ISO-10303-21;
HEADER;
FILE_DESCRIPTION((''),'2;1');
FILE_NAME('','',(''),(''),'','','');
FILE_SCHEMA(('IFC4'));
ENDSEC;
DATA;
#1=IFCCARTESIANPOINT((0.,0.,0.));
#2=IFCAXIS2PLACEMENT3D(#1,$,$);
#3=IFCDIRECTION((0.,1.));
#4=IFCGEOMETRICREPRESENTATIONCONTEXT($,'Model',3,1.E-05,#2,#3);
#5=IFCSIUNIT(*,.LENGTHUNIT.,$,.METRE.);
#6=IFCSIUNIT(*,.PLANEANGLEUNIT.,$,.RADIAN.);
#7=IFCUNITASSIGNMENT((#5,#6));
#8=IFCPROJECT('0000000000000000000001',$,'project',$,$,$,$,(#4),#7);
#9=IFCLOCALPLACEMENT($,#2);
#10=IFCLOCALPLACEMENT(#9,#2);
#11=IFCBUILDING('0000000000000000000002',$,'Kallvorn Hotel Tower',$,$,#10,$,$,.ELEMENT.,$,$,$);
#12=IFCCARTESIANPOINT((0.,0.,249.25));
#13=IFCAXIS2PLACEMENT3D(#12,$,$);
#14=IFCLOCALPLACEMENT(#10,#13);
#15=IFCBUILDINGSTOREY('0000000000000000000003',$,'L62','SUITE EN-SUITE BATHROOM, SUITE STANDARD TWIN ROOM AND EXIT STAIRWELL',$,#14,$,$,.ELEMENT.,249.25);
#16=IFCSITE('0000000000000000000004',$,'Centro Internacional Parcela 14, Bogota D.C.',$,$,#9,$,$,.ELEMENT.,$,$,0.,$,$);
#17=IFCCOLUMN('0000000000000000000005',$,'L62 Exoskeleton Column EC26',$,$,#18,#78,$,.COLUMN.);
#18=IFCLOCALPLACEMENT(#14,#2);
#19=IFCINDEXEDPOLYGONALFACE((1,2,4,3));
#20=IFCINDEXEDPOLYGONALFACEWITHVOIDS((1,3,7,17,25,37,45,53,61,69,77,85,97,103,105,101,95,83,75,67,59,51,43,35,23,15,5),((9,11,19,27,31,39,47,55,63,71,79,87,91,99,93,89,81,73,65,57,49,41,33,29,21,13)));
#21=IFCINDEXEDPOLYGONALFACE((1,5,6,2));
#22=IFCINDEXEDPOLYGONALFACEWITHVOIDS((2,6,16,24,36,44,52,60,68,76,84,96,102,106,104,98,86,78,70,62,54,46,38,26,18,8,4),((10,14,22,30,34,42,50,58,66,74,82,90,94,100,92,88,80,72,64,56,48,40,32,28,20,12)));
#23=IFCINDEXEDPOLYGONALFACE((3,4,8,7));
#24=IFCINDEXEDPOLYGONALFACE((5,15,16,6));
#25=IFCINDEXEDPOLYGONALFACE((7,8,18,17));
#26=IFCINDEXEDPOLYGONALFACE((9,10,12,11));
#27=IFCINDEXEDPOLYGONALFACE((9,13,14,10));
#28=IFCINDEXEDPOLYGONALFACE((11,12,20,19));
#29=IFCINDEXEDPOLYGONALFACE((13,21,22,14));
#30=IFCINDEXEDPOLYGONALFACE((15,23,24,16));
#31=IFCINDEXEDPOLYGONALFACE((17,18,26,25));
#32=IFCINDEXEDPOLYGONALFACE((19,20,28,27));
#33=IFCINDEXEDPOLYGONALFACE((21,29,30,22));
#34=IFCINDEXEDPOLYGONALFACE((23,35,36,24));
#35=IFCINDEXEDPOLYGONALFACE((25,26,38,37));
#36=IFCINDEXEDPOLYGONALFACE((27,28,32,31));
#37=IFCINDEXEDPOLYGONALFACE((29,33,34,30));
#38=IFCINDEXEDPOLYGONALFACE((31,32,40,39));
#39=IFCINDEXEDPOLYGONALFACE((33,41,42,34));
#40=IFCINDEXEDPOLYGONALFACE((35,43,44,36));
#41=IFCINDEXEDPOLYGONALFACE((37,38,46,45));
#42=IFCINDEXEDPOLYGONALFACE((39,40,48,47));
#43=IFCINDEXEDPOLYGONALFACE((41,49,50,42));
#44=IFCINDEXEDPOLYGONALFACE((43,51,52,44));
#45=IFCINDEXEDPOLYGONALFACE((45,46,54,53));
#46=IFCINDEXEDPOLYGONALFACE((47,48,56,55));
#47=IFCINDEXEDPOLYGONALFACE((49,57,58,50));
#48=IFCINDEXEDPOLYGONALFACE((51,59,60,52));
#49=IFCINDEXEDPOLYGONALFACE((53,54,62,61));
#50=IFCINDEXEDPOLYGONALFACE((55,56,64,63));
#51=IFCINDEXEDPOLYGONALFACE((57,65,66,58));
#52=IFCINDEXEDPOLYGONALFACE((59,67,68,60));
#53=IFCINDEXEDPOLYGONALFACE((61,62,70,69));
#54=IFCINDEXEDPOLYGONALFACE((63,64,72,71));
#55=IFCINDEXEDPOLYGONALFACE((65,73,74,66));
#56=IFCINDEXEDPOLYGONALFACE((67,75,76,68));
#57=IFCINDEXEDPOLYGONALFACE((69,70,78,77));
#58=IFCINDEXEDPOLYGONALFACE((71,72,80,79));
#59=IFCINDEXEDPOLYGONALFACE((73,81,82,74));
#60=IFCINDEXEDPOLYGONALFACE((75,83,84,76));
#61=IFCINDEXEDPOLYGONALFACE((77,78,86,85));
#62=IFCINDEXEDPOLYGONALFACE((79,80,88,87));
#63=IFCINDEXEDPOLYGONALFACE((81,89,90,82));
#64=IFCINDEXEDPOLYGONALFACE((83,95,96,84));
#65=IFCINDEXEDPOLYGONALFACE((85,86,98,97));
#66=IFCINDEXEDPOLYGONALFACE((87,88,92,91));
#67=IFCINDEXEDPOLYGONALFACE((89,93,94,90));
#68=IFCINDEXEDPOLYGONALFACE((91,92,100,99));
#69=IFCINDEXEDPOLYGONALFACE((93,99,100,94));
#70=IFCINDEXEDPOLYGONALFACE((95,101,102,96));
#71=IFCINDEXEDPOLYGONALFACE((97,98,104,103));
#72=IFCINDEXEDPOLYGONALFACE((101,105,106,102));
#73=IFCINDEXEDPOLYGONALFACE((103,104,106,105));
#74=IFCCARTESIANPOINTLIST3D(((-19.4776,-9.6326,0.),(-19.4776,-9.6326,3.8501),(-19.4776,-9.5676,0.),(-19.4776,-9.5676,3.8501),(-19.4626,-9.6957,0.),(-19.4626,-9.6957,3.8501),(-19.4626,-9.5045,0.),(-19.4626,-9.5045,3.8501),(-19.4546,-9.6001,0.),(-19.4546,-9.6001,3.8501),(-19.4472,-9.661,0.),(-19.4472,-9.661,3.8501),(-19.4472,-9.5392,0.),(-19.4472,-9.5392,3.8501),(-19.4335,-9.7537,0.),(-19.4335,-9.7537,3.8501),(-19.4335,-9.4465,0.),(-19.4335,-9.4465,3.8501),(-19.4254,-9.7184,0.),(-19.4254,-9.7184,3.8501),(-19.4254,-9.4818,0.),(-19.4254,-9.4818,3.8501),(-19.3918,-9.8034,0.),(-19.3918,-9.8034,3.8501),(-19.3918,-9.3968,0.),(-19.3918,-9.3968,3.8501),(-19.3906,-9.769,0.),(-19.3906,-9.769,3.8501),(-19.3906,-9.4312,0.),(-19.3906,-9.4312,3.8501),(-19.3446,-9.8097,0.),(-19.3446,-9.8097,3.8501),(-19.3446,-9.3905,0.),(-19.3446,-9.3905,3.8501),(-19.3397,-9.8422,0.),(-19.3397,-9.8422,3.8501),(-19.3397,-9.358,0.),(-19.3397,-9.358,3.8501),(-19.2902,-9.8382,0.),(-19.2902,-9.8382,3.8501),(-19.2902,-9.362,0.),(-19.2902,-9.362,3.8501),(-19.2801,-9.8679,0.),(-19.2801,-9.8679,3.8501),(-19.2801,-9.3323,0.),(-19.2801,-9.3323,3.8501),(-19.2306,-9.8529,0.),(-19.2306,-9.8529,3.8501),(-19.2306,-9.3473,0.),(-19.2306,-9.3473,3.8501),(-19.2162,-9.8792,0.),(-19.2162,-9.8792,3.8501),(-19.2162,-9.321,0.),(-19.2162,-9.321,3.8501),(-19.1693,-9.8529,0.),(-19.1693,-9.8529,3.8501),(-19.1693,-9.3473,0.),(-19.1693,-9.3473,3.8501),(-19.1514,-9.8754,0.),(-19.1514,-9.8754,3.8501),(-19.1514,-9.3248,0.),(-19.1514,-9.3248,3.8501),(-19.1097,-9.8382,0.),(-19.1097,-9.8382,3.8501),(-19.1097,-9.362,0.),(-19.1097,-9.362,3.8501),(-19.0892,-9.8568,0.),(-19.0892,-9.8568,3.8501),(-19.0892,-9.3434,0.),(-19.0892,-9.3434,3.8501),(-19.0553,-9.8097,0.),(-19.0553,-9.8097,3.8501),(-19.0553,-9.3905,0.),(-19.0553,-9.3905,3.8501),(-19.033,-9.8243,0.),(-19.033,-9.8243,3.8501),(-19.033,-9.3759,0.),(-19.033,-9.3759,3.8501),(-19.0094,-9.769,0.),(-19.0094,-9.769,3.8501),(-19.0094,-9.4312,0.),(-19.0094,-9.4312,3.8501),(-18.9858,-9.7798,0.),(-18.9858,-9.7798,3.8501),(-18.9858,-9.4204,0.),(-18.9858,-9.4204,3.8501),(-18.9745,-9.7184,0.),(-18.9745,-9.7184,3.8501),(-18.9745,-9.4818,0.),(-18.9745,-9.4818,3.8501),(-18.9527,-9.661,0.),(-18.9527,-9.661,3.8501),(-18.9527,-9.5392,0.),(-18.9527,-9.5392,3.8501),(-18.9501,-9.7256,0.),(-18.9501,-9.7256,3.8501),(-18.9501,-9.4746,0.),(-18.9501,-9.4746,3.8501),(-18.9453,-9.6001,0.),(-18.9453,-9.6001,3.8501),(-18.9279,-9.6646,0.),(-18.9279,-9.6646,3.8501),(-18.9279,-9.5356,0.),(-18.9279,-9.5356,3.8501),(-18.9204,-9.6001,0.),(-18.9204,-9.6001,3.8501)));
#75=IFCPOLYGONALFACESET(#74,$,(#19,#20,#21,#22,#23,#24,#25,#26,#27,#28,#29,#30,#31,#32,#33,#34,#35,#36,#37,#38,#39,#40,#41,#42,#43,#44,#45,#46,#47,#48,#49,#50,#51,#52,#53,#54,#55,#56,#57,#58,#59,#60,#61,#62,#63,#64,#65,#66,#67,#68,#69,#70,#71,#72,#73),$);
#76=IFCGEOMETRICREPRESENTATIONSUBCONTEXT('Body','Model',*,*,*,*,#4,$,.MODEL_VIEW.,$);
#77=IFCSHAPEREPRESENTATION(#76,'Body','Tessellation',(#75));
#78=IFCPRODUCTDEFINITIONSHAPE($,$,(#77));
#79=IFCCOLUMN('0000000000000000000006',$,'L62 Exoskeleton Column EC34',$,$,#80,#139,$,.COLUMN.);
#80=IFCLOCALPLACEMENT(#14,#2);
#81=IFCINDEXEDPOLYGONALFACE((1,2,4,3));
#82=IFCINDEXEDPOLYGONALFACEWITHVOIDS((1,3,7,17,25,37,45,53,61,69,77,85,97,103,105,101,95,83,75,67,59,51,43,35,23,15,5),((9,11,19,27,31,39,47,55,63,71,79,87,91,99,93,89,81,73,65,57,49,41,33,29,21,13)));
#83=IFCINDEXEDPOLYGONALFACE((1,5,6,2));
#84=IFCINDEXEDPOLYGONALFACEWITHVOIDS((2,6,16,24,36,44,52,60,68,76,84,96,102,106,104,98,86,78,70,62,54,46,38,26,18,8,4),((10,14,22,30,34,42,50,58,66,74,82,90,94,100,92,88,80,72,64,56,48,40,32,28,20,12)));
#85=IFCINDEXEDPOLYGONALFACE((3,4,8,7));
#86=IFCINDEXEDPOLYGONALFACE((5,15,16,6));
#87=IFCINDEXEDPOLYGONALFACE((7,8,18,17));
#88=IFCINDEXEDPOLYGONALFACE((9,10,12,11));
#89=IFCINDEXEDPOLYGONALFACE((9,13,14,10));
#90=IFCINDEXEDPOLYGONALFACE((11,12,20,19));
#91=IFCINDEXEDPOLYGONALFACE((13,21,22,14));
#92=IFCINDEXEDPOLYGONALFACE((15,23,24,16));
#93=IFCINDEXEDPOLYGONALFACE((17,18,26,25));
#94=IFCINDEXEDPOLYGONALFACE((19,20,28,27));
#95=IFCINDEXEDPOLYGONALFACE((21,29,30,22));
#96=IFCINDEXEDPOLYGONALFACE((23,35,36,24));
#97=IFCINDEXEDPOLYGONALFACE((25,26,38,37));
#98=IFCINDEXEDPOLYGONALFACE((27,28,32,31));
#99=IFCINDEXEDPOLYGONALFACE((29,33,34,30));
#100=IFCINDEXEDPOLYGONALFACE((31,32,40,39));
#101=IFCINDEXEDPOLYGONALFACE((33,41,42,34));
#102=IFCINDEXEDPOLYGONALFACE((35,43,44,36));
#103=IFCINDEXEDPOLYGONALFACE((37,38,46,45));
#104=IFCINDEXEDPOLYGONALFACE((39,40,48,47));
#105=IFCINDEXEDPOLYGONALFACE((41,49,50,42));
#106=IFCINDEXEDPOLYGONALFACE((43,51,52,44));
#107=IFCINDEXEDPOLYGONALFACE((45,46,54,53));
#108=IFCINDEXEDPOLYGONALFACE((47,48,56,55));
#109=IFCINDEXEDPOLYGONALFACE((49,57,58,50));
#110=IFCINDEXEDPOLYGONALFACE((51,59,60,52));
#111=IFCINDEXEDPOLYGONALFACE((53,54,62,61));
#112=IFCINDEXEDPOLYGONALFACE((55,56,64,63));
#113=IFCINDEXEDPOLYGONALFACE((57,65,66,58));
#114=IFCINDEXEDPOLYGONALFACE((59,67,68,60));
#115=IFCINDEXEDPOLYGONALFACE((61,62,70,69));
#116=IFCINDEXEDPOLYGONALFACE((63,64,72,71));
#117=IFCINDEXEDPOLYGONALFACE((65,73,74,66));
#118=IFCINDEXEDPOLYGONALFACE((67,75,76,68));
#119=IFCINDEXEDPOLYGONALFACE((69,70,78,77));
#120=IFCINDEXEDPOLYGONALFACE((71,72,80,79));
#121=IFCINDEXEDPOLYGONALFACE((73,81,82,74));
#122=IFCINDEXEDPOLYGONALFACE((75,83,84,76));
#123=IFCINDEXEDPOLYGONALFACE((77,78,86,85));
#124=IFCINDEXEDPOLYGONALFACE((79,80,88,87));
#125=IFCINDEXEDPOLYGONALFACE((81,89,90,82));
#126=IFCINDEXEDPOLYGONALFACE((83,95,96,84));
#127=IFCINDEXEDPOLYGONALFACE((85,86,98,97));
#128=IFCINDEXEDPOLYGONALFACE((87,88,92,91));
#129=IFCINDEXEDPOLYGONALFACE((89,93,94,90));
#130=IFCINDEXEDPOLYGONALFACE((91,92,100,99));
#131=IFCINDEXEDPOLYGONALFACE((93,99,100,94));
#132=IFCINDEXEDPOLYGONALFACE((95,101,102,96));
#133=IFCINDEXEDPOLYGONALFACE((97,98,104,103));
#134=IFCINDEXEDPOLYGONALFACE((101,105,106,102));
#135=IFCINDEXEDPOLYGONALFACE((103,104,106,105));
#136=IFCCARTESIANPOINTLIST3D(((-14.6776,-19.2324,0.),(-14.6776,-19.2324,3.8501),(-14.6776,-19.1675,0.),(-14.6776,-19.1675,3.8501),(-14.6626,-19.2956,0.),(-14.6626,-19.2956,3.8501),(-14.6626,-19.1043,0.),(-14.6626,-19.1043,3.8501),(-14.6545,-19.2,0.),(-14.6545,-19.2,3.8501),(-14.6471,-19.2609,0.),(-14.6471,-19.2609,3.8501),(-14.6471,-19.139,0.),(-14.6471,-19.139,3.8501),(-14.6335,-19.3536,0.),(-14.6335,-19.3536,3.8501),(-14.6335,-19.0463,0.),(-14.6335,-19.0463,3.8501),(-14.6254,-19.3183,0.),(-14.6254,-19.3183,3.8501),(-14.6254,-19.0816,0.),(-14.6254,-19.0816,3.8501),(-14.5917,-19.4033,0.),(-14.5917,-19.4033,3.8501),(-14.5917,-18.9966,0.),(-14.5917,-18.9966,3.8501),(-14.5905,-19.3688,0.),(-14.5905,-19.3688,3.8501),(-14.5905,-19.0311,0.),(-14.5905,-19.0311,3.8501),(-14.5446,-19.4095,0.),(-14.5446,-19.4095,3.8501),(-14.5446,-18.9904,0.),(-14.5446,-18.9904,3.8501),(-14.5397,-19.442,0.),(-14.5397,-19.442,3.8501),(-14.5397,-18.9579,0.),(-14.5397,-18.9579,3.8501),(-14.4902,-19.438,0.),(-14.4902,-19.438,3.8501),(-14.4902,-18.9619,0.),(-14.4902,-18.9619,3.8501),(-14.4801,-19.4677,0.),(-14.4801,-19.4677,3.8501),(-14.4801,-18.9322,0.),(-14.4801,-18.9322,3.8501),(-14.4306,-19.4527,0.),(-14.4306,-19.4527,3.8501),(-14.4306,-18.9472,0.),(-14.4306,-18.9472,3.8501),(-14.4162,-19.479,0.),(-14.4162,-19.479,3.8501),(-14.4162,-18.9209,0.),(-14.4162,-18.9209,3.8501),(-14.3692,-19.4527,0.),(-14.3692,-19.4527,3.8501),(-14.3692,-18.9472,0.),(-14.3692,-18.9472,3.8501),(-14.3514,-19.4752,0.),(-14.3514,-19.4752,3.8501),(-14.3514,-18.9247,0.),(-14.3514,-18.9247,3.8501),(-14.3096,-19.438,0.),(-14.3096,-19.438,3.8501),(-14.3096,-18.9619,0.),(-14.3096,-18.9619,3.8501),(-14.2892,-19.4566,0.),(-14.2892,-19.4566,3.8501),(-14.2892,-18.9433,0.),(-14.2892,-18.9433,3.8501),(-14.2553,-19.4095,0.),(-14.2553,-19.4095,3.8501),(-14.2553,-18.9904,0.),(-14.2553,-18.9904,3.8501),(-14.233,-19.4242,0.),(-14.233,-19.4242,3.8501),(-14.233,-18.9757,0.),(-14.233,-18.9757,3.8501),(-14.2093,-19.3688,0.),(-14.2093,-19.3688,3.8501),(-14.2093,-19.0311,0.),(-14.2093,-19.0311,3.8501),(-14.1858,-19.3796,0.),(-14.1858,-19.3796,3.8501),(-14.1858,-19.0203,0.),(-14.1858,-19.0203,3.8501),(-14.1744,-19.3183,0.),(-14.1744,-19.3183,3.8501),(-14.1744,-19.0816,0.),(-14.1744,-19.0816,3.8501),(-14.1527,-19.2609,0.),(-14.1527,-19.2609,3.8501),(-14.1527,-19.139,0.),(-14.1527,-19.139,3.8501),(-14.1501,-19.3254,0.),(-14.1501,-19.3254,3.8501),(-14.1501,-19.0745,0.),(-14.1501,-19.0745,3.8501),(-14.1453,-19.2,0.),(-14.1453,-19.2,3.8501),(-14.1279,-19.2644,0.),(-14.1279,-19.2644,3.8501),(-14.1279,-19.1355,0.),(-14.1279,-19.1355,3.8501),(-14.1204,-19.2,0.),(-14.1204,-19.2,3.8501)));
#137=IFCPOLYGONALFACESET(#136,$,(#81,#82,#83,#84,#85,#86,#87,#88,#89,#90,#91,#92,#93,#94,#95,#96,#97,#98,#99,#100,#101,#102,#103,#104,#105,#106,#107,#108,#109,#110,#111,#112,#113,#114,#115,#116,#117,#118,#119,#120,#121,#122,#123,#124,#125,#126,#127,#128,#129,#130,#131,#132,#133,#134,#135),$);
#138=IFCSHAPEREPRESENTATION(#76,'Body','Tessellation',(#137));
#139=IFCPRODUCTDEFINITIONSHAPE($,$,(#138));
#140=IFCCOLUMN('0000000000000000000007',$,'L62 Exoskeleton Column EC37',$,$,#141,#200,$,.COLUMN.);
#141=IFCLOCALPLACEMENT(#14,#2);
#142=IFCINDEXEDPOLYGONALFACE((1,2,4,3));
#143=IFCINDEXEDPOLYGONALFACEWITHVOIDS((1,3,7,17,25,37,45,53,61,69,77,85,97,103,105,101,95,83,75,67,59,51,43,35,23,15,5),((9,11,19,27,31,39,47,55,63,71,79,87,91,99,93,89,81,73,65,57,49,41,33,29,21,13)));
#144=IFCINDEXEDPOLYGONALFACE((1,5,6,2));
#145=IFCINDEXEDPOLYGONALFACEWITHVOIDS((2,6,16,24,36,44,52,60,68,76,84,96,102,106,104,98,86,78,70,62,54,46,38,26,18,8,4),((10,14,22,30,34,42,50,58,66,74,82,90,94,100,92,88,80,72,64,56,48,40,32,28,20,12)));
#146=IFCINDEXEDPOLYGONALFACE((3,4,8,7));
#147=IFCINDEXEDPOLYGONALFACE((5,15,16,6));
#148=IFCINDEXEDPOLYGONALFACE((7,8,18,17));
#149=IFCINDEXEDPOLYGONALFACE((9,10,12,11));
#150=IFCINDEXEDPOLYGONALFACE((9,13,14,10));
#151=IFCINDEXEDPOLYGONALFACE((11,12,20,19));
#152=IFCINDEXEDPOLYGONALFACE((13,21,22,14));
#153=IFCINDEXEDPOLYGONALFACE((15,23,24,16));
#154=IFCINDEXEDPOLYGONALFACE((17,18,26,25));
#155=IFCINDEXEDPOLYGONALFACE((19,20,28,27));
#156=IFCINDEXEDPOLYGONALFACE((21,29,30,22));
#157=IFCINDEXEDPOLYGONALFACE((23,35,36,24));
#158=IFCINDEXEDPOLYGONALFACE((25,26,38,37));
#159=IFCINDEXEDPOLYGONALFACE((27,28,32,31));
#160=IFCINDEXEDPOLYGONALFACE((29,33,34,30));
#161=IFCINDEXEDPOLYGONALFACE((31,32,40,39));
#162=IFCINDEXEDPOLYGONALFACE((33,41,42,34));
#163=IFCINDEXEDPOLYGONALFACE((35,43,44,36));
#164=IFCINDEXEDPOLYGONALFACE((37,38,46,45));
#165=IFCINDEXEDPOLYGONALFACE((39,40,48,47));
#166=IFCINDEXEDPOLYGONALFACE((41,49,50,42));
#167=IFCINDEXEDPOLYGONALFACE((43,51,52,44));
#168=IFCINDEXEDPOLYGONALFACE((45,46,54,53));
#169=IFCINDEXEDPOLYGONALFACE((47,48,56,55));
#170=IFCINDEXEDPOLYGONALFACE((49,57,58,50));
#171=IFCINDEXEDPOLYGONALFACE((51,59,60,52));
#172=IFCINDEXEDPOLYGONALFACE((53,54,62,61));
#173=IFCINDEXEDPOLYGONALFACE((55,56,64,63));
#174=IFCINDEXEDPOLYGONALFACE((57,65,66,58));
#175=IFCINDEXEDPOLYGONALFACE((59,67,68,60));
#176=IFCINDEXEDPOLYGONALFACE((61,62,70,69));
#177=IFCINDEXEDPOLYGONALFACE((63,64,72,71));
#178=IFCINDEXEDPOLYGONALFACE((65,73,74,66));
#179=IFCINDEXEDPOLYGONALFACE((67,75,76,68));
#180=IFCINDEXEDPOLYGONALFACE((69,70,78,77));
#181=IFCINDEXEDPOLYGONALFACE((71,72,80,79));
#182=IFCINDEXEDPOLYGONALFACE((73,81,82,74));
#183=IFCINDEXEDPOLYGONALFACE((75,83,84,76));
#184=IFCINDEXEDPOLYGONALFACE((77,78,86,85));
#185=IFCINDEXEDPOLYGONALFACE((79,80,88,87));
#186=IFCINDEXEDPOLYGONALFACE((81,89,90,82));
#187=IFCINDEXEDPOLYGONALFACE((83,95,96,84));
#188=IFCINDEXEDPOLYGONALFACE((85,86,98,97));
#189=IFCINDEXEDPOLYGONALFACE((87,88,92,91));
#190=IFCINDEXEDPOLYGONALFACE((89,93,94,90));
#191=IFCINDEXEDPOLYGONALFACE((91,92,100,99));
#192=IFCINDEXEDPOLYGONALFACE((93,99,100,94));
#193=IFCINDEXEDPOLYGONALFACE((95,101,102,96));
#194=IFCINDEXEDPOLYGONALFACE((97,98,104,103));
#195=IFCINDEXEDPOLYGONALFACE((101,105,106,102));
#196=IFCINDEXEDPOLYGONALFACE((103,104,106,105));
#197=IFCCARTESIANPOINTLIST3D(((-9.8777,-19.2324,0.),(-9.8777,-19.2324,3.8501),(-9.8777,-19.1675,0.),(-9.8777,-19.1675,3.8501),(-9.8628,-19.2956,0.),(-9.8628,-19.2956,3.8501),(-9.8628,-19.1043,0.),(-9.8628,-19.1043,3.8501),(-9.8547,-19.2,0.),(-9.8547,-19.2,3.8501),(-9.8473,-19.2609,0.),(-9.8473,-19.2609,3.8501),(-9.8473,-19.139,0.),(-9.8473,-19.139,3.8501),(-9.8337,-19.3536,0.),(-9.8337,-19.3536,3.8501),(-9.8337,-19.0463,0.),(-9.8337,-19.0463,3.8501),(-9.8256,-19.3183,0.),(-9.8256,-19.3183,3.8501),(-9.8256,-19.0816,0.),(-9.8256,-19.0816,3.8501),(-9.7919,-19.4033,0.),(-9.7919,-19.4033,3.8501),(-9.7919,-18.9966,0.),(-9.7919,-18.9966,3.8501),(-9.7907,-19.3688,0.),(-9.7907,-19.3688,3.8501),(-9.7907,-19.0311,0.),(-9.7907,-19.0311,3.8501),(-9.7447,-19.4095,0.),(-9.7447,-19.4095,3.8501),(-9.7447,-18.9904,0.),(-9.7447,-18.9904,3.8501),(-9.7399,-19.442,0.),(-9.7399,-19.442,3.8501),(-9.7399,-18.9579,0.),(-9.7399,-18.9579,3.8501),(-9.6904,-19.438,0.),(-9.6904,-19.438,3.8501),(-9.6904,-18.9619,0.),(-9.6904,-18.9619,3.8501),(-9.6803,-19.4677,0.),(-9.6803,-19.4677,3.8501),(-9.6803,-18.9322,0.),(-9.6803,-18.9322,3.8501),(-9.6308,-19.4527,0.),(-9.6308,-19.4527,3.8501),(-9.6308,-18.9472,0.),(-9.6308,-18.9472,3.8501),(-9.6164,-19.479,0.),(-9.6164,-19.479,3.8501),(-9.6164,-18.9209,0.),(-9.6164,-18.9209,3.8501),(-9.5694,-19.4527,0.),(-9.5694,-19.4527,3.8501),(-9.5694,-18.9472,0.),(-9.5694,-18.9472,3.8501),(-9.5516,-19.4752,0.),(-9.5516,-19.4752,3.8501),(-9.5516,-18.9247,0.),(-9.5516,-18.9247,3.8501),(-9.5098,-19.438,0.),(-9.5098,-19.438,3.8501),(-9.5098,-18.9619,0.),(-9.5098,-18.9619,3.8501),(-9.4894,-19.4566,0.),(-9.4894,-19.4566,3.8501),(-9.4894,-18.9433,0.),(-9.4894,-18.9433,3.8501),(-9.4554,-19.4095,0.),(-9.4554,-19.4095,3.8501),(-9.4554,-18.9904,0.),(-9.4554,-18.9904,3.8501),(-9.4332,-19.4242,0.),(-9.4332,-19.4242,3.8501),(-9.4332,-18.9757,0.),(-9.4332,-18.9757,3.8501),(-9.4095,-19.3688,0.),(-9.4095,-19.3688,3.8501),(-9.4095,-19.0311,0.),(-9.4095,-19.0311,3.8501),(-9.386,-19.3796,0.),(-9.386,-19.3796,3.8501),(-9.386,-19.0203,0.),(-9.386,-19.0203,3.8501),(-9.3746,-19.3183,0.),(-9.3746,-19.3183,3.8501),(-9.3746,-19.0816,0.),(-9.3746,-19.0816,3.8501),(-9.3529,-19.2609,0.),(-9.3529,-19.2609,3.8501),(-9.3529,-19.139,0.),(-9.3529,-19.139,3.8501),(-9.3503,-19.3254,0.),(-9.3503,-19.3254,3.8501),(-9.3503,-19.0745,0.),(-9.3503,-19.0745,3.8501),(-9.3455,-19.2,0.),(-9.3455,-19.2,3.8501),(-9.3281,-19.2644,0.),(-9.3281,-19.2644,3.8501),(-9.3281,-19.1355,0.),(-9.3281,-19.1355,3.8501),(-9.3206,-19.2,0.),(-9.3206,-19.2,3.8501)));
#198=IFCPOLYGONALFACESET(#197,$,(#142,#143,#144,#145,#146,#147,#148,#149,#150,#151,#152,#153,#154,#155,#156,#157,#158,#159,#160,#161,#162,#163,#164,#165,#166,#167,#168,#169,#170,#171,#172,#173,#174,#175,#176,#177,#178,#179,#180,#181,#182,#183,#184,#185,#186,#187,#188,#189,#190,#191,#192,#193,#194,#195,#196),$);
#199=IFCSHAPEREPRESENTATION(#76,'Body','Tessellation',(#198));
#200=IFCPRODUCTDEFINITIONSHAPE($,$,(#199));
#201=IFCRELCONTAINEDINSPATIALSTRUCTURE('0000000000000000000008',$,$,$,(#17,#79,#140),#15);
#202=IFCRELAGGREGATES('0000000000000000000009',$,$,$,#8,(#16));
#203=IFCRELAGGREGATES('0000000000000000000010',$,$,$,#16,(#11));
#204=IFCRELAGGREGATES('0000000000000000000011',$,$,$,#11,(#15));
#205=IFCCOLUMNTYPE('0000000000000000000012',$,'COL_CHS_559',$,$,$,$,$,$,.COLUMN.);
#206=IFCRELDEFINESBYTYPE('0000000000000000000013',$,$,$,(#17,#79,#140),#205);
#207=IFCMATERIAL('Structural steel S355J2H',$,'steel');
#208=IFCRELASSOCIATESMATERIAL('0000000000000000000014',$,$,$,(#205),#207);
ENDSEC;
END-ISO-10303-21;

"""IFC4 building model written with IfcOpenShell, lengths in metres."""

from ifc_helpers import new_model, si_unit, direction, frame, origin, origin_2d, place, context, subcontext, project, spatial, hollow_circle, extrude, material, material_profile, profile_set, type_object, element, save


model = new_model("IFC4")

# Units and contexts
model_context = context("Model", 3, precision=1e-05, world=origin(), true_north=direction((0.0, 1.0)))
body_context = subcontext(model_context, "Body", "Model", "MODEL_VIEW")
ifc_project = project(units=[si_unit("LENGTHUNIT", "METRE"), si_unit("PLANEANGLEUNIT", "RADIAN")], contexts=[model_context])

# Site, building, storey
site_placement = place(None, origin())
site = spatial("IfcSite", under=ifc_project, at=site_placement, Name="Centro Internacional Parcela 14, Bogota D.C.", CompositionType="ELEMENT", RefElevation=0.0)
building_placement = place(site_placement, origin())
building = spatial("IfcBuilding", under=site, at=building_placement, Name="Kallvorn Hotel Tower", CompositionType="ELEMENT")
storey_placement = place(building_placement, frame((0.0, 0.0, 249.25)))
storey = spatial("IfcBuildingStorey", under=building, at=storey_placement, Name="L62", Description="SUITE EN-SUITE BATHROOM, SUITE STANDARD TWIN ROOM AND EXIT STAIRWELL", CompositionType="ELEMENT", Elevation=249.25)

# Columns
ifc_material_1 = material(Name="Structural steel S355J2H", Category="steel")
ifc_material_profile_1 = material_profile(ifc_material_1, hollow_circle(Radius=0.2795, WallThickness=0.0249, at=origin_2d()), Name="CHS 559x25")
ifc_profile_set_1 = profile_set([ifc_material_profile_1], Name="Structural steel S355J2H")
column_type_1 = type_object("IfcColumnType", Name="COL_CHS_559", PredefinedType="COLUMN", material=ifc_profile_set_1)
for number, where, z_axis, x_axis, name in (
    (1, (-19.2, -9.6001, 0.0), (0.0, 0.0, 1.0), (1.0, 0.0, 0.0), "L62 Exoskeleton Column EC26"),
    (2, (-14.3999, -19.2, 0.0), (0.0, 0.0, 1.0), (1.0, 0.0, 0.0), "L62 Exoskeleton Column EC34"),
    (3, (-9.6001, -19.2, 0.0), (0.0, 0.0, 1.0), (1.0, 0.0, 0.0), "L62 Exoskeleton Column EC37"),
):
    element("IfcColumn", number, at=place(storey_placement, frame(where, z_axis=z_axis, x_axis=x_axis)), inside=storey, type_object=column_type_1, Name=name, PredefinedType="COLUMN", context=body_context, shape_type="SweptSolid", body=[
        extrude(hollow_circle(Radius=0.2795, WallThickness=0.0249, at=origin_2d()), origin(), (0.0, 0.0, 1.0), 3.8501),
    ])

save(model, "model.ifc")
